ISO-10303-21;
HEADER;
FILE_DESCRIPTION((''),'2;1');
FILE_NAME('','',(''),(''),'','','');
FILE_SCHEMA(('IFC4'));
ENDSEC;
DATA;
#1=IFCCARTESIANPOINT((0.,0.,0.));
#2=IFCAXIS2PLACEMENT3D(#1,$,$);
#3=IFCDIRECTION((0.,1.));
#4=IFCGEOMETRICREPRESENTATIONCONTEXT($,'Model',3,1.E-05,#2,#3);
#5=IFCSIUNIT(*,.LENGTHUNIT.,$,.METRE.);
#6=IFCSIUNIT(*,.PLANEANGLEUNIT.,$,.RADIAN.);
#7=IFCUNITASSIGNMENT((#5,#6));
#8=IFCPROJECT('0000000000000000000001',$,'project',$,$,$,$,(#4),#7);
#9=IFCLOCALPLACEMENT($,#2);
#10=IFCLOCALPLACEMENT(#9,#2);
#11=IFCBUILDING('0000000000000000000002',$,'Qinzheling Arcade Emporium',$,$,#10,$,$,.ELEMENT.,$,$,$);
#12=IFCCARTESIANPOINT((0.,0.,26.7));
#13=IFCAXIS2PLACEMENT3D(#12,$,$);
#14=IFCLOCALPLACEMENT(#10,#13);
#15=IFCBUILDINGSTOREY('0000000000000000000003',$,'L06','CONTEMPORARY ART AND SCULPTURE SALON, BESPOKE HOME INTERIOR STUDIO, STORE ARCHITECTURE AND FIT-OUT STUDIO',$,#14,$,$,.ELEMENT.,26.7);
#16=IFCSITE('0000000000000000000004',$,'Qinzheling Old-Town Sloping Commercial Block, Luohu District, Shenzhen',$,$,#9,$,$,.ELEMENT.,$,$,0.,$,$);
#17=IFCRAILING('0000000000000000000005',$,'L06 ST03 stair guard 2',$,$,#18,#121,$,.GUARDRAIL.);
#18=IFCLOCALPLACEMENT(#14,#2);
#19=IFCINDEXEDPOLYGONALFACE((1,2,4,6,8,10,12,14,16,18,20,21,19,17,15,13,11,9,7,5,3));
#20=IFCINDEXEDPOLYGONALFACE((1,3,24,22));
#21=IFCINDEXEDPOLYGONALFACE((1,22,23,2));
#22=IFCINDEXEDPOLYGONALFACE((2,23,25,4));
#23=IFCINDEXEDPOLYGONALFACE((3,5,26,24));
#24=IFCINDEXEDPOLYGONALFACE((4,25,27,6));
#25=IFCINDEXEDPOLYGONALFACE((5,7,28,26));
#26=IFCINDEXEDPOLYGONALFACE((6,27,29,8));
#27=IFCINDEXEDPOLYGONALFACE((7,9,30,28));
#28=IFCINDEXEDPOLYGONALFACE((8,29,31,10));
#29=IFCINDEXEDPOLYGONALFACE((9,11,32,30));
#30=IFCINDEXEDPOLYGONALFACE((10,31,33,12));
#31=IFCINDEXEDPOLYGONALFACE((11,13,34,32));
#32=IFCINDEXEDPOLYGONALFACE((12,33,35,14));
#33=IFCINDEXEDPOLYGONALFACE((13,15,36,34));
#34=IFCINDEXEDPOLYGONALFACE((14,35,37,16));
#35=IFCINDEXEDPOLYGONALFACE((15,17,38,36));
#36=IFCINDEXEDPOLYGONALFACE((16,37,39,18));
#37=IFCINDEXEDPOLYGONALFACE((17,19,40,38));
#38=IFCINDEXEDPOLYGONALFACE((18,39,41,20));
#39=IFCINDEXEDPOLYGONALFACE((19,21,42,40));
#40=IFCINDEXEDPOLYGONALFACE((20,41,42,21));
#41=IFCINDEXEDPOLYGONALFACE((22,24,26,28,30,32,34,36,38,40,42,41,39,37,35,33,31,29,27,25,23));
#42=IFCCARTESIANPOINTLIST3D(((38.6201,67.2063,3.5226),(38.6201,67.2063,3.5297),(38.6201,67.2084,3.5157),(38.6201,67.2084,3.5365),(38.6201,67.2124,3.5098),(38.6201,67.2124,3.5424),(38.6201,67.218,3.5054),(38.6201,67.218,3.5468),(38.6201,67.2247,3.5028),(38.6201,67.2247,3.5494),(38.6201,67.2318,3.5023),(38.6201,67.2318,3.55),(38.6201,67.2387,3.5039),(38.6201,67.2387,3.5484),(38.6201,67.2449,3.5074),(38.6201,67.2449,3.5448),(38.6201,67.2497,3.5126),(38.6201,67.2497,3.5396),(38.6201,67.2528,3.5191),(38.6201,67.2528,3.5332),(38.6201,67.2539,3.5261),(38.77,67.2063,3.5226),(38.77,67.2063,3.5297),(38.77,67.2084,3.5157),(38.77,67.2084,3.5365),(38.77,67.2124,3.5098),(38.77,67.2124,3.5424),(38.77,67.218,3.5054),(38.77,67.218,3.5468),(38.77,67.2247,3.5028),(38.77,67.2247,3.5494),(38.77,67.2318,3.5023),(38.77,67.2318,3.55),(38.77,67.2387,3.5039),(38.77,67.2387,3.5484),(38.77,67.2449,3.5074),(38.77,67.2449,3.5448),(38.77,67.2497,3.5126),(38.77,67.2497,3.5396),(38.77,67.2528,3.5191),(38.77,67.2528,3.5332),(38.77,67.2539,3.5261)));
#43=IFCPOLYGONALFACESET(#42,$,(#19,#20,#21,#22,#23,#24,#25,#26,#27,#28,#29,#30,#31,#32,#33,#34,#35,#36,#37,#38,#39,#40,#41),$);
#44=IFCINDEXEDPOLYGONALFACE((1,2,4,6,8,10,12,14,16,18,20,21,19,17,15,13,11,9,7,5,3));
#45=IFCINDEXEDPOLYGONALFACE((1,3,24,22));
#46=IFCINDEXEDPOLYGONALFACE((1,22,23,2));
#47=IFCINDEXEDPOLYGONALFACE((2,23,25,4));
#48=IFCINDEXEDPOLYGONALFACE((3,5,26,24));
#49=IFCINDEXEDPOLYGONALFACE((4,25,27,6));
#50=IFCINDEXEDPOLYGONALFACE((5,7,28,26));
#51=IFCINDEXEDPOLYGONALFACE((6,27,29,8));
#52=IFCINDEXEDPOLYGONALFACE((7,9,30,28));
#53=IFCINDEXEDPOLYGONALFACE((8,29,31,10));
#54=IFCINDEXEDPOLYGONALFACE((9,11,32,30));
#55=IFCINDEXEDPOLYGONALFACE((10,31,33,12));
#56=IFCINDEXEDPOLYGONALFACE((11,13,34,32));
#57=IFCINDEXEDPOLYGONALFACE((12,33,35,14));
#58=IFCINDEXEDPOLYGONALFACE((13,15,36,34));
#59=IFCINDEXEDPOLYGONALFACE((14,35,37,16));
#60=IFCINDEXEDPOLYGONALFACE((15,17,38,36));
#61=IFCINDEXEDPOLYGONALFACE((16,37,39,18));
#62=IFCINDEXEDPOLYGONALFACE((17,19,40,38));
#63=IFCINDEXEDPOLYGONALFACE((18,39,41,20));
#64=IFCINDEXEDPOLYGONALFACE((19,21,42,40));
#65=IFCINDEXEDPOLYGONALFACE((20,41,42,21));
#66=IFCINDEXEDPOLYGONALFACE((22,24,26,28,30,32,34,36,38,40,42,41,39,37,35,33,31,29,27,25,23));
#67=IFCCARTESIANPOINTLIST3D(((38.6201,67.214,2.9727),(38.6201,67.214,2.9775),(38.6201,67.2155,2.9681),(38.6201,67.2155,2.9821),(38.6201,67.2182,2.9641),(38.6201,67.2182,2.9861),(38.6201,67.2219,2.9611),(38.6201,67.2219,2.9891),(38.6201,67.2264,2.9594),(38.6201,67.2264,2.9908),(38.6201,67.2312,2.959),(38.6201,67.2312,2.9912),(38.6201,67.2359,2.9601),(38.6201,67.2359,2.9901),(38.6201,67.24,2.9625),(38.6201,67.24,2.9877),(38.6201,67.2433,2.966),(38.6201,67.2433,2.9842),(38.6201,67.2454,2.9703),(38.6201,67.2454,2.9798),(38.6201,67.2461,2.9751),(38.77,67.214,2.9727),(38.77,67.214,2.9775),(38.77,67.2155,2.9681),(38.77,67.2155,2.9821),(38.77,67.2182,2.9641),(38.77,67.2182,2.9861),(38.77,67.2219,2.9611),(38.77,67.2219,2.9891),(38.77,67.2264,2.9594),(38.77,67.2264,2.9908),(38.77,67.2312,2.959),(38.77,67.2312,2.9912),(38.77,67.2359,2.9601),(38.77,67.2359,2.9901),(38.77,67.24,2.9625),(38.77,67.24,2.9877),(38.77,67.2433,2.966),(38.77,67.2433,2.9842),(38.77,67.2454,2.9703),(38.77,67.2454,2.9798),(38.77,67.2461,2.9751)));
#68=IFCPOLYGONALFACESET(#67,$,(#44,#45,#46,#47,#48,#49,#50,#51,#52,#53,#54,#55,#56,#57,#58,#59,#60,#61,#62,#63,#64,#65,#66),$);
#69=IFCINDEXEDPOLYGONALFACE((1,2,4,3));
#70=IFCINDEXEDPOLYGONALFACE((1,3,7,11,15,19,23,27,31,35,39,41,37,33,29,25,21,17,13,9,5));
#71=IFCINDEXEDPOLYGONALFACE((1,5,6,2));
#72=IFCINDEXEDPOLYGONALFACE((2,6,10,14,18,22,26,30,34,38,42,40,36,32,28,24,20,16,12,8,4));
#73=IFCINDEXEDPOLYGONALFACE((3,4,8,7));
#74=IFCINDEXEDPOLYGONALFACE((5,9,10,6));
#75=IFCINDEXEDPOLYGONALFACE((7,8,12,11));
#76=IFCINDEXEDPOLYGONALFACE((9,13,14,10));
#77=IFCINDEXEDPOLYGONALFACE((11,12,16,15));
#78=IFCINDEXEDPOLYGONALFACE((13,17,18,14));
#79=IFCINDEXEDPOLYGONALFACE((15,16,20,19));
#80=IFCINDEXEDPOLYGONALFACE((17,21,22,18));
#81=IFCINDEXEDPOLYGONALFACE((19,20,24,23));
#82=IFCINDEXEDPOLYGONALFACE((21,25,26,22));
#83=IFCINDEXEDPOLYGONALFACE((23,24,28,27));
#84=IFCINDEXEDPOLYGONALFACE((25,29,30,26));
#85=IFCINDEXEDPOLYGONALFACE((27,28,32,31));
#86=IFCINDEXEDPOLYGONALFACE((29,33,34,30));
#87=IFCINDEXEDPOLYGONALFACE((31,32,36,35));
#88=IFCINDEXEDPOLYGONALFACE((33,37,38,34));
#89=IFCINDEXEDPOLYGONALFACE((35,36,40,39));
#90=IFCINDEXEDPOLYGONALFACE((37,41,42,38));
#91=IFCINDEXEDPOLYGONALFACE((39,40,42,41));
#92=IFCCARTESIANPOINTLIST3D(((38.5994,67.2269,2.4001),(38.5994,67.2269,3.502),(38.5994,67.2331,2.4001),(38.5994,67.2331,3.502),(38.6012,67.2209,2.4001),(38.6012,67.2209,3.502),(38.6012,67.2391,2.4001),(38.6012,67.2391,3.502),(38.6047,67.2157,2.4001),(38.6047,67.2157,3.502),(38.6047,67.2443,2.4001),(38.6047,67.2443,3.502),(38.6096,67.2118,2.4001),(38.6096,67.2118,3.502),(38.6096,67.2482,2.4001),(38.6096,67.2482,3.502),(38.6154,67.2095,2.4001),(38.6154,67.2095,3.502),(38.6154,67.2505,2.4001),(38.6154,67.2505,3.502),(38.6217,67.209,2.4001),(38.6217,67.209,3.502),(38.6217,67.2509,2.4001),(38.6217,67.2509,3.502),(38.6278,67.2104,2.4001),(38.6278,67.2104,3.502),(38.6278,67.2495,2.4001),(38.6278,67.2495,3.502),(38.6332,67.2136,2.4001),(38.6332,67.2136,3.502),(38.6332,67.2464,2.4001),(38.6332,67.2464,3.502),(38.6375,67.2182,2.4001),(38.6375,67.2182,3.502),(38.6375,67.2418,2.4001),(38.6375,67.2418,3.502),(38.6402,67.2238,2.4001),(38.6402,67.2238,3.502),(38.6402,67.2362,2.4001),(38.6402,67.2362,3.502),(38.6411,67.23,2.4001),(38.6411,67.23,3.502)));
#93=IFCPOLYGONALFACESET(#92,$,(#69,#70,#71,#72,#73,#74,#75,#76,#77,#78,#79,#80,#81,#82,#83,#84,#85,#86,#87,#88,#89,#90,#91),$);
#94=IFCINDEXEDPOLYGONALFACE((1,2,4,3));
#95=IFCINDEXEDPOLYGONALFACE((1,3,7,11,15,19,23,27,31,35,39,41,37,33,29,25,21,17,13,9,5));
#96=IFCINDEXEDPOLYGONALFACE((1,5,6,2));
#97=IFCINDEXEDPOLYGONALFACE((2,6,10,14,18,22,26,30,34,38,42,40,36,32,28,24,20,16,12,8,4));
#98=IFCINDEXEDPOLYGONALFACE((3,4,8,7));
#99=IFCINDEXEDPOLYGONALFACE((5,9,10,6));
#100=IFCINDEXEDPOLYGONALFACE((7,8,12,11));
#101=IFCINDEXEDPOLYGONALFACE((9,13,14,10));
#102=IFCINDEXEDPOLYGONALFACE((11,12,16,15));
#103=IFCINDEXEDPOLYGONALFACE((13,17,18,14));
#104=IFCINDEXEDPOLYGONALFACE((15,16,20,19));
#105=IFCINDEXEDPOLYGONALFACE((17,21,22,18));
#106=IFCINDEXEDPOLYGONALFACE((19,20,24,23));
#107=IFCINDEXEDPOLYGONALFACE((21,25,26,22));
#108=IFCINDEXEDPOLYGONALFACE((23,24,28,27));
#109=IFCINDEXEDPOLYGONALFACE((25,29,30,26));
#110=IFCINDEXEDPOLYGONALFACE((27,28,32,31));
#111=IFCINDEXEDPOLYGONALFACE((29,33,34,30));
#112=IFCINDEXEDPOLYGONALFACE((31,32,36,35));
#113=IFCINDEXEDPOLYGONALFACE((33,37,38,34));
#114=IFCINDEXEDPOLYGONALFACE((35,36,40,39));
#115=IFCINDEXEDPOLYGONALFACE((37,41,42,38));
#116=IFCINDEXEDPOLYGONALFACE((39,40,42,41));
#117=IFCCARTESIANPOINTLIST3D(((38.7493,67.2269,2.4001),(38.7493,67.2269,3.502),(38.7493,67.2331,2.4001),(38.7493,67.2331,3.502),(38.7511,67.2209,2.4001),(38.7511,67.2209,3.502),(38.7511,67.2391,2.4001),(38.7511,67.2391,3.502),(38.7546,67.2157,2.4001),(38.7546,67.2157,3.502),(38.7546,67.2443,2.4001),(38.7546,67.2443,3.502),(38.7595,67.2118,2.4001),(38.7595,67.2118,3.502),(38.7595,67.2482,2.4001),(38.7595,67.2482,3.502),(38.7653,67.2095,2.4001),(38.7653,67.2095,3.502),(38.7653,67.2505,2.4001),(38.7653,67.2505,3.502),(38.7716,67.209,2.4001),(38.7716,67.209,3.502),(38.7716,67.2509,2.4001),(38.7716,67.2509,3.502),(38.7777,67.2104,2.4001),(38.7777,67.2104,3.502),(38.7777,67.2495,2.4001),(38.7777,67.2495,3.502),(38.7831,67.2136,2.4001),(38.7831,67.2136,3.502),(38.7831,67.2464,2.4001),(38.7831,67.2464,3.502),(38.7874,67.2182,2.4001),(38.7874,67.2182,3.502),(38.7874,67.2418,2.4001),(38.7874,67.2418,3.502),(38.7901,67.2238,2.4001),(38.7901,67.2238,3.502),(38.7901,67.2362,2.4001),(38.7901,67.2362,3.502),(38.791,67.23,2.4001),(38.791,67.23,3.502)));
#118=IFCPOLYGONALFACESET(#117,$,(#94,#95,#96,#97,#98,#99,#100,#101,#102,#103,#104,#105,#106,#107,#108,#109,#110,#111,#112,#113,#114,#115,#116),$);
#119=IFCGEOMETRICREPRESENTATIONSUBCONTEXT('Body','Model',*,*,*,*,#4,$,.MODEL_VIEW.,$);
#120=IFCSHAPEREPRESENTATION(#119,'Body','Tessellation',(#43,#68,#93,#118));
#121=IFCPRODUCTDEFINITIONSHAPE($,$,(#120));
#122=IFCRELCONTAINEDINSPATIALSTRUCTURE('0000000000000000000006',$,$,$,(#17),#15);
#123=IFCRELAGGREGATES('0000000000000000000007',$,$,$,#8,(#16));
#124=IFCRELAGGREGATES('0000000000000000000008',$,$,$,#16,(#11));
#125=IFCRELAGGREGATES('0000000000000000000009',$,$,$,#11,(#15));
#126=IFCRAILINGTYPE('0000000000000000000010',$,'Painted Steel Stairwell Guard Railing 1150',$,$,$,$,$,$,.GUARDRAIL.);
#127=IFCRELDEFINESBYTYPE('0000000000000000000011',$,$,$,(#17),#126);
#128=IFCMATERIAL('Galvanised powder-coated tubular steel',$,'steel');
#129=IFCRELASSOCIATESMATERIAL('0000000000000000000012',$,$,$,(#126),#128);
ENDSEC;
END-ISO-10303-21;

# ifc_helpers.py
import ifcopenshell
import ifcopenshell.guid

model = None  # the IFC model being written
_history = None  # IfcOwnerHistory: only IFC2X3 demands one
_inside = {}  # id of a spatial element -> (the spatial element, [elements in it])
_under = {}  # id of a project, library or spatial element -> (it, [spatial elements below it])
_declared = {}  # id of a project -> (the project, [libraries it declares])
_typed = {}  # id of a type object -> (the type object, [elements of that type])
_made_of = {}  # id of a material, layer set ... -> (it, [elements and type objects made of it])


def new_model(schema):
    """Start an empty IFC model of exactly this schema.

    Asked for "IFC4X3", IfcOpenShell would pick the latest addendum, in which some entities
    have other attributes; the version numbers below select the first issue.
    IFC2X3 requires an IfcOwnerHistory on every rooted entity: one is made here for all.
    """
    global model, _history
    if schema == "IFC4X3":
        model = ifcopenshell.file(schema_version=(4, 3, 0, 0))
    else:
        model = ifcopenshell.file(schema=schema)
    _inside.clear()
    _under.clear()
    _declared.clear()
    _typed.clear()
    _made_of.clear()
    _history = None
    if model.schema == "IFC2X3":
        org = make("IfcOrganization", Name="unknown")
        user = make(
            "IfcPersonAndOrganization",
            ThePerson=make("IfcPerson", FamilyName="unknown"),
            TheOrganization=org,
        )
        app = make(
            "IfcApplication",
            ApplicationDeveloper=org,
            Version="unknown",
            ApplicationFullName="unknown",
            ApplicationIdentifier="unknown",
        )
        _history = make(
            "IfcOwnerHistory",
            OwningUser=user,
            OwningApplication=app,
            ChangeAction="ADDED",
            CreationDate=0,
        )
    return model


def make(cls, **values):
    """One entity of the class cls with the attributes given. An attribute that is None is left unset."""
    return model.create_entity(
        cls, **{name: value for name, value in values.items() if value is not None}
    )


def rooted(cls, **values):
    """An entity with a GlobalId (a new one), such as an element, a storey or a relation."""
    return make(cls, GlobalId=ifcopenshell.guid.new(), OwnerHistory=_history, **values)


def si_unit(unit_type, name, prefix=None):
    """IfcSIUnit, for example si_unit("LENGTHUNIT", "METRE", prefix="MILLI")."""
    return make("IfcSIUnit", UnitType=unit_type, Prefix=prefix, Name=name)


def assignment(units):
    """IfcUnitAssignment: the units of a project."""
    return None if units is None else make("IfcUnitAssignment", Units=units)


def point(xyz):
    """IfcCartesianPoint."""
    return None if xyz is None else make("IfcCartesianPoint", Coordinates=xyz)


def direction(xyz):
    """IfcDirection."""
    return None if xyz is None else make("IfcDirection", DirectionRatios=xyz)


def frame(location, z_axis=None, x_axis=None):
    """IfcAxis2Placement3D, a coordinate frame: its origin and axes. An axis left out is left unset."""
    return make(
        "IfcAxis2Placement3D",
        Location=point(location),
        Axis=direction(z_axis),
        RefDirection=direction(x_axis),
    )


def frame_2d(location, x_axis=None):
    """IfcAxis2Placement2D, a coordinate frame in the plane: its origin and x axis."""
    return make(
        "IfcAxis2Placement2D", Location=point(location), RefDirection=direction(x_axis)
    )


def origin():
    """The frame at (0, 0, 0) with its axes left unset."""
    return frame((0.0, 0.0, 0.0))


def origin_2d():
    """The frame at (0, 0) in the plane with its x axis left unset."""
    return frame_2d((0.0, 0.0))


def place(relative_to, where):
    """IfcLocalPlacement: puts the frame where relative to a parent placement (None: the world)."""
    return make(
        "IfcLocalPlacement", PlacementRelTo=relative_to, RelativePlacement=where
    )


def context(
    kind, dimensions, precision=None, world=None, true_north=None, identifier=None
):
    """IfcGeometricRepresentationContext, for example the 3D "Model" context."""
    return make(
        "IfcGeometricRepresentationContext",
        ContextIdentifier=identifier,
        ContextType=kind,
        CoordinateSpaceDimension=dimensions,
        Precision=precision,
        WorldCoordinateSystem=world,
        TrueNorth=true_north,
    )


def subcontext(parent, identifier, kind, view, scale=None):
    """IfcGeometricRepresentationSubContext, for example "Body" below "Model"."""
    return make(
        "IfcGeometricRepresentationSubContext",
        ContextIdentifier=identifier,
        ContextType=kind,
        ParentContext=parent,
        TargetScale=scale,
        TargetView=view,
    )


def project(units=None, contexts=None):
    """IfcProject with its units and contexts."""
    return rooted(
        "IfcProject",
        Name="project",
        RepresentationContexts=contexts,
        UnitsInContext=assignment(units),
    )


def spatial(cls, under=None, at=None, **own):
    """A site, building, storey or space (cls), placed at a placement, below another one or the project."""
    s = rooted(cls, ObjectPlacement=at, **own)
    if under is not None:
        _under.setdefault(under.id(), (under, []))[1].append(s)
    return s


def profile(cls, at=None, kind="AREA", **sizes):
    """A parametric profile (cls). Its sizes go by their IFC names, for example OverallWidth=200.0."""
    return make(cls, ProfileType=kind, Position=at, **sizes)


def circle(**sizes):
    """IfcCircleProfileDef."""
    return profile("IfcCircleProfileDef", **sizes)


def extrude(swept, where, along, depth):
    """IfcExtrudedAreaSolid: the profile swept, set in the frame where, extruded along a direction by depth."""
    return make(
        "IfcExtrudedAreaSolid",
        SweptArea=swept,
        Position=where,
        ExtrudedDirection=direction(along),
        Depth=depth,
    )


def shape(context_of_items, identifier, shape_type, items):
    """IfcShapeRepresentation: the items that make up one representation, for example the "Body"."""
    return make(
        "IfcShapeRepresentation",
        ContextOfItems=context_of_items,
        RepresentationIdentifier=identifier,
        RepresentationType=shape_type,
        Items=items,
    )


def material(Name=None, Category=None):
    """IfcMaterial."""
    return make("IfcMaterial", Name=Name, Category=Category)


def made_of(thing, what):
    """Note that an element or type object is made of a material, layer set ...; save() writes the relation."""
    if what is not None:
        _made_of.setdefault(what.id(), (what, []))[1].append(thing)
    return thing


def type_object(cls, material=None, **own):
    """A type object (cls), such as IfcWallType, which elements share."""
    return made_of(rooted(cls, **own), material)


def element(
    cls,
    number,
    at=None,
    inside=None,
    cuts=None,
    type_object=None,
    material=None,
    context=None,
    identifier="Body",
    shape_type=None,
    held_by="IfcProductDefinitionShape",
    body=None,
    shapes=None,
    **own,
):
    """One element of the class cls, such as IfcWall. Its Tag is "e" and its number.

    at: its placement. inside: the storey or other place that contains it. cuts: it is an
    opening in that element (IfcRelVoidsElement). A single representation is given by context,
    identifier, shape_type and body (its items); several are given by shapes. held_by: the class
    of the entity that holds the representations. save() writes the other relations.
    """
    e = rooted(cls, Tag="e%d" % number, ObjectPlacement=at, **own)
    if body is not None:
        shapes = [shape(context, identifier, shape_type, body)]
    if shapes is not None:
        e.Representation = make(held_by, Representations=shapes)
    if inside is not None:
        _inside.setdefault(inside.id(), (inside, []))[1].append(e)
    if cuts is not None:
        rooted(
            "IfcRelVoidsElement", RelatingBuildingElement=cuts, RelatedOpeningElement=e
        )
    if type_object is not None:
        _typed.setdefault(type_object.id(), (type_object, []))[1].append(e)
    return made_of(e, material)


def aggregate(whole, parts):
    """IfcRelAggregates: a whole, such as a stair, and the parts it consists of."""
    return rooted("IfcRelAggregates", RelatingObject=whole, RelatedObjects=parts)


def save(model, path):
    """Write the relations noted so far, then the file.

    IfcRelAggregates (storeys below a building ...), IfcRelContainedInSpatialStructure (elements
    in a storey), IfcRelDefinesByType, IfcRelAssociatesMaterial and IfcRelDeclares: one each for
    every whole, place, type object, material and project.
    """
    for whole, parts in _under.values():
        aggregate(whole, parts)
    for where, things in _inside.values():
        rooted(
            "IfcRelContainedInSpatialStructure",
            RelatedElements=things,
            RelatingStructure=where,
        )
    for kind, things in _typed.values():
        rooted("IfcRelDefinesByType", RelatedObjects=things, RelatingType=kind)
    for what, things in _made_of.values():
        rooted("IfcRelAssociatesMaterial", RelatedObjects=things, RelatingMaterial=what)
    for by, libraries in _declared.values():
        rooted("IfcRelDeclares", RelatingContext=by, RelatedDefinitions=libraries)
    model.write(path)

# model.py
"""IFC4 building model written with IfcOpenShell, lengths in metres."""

from ifc_helpers import new_model, si_unit, direction, frame, origin, origin_2d, place, context, subcontext, project, spatial, circle, extrude, material, type_object, element, save


model = new_model("IFC4")

# Units and contexts
model_context = context("Model", 3, precision=1e-05, world=origin(), true_north=direction((0.0, 1.0)))
body_context = subcontext(model_context, "Body", "Model", "MODEL_VIEW")
ifc_project = project(units=[si_unit("LENGTHUNIT", "METRE"), si_unit("PLANEANGLEUNIT", "RADIAN")], contexts=[model_context])

# Site, building, storey
site_placement = place(None, origin())
site = spatial("IfcSite", under=ifc_project, at=site_placement, Name="Qinzheling Old-Town Sloping Commercial Block, Luohu District, Shenzhen", CompositionType="ELEMENT", RefElevation=0.0)
building_placement = place(site_placement, origin())
building = spatial("IfcBuilding", under=site, at=building_placement, Name="Qinzheling Arcade Emporium", CompositionType="ELEMENT")
storey_placement = place(building_placement, frame((0.0, 0.0, 26.7)))
storey = spatial("IfcBuildingStorey", under=building, at=storey_placement, Name="L06", Description="CONTEMPORARY ART AND SCULPTURE SALON, BESPOKE HOME INTERIOR STUDIO, STORE ARCHITECTURE AND FIT-OUT STUDIO", CompositionType="ELEMENT", Elevation=26.7)

# Railing
ifc_material_1 = material(Name="Galvanised powder-coated tubular steel", Category="steel")
railing_type_1 = type_object("IfcRailingType", Name="Painted Steel Stairwell Guard Railing 1150", PredefinedType="GUARDRAIL", material=ifc_material_1)
railing_1_placement = place(storey_placement, frame((38.6201, 67.23, 2.4001)))
element("IfcRailing", 1, at=railing_1_placement, inside=storey, type_object=railing_type_1, Name="L06 ST03 stair guard 2", PredefinedType="GUARDRAIL", context=body_context, shape_type="SweptSolid", body=[
    extrude(circle(Radius=0.0239, at=origin_2d()), frame((0.0, 0.0, 1.126), z_axis=(1.0, 0.0, 0.0), x_axis=(0.0, 1.0, 0.0)), (0.0, 0.0, 1.0), 0.1499),
    extrude(circle(Radius=0.0161, at=origin_2d()), frame((0.0, 0.0, 0.575), z_axis=(1.0, 0.0, 0.0), x_axis=(0.0, 1.0, 0.0)), (0.0, 0.0, 1.0), 0.1499),
    extrude(circle(Radius=0.021, at=origin_2d()), origin(), (0.0, 0.0, 1.0), 1.1018),
    extrude(circle(Radius=0.021, at=origin_2d()), frame((0.1499, 0.0, 0.0)), (0.0, 0.0, 1.0), 1.1018),
])

save(model, "model.ifc")
